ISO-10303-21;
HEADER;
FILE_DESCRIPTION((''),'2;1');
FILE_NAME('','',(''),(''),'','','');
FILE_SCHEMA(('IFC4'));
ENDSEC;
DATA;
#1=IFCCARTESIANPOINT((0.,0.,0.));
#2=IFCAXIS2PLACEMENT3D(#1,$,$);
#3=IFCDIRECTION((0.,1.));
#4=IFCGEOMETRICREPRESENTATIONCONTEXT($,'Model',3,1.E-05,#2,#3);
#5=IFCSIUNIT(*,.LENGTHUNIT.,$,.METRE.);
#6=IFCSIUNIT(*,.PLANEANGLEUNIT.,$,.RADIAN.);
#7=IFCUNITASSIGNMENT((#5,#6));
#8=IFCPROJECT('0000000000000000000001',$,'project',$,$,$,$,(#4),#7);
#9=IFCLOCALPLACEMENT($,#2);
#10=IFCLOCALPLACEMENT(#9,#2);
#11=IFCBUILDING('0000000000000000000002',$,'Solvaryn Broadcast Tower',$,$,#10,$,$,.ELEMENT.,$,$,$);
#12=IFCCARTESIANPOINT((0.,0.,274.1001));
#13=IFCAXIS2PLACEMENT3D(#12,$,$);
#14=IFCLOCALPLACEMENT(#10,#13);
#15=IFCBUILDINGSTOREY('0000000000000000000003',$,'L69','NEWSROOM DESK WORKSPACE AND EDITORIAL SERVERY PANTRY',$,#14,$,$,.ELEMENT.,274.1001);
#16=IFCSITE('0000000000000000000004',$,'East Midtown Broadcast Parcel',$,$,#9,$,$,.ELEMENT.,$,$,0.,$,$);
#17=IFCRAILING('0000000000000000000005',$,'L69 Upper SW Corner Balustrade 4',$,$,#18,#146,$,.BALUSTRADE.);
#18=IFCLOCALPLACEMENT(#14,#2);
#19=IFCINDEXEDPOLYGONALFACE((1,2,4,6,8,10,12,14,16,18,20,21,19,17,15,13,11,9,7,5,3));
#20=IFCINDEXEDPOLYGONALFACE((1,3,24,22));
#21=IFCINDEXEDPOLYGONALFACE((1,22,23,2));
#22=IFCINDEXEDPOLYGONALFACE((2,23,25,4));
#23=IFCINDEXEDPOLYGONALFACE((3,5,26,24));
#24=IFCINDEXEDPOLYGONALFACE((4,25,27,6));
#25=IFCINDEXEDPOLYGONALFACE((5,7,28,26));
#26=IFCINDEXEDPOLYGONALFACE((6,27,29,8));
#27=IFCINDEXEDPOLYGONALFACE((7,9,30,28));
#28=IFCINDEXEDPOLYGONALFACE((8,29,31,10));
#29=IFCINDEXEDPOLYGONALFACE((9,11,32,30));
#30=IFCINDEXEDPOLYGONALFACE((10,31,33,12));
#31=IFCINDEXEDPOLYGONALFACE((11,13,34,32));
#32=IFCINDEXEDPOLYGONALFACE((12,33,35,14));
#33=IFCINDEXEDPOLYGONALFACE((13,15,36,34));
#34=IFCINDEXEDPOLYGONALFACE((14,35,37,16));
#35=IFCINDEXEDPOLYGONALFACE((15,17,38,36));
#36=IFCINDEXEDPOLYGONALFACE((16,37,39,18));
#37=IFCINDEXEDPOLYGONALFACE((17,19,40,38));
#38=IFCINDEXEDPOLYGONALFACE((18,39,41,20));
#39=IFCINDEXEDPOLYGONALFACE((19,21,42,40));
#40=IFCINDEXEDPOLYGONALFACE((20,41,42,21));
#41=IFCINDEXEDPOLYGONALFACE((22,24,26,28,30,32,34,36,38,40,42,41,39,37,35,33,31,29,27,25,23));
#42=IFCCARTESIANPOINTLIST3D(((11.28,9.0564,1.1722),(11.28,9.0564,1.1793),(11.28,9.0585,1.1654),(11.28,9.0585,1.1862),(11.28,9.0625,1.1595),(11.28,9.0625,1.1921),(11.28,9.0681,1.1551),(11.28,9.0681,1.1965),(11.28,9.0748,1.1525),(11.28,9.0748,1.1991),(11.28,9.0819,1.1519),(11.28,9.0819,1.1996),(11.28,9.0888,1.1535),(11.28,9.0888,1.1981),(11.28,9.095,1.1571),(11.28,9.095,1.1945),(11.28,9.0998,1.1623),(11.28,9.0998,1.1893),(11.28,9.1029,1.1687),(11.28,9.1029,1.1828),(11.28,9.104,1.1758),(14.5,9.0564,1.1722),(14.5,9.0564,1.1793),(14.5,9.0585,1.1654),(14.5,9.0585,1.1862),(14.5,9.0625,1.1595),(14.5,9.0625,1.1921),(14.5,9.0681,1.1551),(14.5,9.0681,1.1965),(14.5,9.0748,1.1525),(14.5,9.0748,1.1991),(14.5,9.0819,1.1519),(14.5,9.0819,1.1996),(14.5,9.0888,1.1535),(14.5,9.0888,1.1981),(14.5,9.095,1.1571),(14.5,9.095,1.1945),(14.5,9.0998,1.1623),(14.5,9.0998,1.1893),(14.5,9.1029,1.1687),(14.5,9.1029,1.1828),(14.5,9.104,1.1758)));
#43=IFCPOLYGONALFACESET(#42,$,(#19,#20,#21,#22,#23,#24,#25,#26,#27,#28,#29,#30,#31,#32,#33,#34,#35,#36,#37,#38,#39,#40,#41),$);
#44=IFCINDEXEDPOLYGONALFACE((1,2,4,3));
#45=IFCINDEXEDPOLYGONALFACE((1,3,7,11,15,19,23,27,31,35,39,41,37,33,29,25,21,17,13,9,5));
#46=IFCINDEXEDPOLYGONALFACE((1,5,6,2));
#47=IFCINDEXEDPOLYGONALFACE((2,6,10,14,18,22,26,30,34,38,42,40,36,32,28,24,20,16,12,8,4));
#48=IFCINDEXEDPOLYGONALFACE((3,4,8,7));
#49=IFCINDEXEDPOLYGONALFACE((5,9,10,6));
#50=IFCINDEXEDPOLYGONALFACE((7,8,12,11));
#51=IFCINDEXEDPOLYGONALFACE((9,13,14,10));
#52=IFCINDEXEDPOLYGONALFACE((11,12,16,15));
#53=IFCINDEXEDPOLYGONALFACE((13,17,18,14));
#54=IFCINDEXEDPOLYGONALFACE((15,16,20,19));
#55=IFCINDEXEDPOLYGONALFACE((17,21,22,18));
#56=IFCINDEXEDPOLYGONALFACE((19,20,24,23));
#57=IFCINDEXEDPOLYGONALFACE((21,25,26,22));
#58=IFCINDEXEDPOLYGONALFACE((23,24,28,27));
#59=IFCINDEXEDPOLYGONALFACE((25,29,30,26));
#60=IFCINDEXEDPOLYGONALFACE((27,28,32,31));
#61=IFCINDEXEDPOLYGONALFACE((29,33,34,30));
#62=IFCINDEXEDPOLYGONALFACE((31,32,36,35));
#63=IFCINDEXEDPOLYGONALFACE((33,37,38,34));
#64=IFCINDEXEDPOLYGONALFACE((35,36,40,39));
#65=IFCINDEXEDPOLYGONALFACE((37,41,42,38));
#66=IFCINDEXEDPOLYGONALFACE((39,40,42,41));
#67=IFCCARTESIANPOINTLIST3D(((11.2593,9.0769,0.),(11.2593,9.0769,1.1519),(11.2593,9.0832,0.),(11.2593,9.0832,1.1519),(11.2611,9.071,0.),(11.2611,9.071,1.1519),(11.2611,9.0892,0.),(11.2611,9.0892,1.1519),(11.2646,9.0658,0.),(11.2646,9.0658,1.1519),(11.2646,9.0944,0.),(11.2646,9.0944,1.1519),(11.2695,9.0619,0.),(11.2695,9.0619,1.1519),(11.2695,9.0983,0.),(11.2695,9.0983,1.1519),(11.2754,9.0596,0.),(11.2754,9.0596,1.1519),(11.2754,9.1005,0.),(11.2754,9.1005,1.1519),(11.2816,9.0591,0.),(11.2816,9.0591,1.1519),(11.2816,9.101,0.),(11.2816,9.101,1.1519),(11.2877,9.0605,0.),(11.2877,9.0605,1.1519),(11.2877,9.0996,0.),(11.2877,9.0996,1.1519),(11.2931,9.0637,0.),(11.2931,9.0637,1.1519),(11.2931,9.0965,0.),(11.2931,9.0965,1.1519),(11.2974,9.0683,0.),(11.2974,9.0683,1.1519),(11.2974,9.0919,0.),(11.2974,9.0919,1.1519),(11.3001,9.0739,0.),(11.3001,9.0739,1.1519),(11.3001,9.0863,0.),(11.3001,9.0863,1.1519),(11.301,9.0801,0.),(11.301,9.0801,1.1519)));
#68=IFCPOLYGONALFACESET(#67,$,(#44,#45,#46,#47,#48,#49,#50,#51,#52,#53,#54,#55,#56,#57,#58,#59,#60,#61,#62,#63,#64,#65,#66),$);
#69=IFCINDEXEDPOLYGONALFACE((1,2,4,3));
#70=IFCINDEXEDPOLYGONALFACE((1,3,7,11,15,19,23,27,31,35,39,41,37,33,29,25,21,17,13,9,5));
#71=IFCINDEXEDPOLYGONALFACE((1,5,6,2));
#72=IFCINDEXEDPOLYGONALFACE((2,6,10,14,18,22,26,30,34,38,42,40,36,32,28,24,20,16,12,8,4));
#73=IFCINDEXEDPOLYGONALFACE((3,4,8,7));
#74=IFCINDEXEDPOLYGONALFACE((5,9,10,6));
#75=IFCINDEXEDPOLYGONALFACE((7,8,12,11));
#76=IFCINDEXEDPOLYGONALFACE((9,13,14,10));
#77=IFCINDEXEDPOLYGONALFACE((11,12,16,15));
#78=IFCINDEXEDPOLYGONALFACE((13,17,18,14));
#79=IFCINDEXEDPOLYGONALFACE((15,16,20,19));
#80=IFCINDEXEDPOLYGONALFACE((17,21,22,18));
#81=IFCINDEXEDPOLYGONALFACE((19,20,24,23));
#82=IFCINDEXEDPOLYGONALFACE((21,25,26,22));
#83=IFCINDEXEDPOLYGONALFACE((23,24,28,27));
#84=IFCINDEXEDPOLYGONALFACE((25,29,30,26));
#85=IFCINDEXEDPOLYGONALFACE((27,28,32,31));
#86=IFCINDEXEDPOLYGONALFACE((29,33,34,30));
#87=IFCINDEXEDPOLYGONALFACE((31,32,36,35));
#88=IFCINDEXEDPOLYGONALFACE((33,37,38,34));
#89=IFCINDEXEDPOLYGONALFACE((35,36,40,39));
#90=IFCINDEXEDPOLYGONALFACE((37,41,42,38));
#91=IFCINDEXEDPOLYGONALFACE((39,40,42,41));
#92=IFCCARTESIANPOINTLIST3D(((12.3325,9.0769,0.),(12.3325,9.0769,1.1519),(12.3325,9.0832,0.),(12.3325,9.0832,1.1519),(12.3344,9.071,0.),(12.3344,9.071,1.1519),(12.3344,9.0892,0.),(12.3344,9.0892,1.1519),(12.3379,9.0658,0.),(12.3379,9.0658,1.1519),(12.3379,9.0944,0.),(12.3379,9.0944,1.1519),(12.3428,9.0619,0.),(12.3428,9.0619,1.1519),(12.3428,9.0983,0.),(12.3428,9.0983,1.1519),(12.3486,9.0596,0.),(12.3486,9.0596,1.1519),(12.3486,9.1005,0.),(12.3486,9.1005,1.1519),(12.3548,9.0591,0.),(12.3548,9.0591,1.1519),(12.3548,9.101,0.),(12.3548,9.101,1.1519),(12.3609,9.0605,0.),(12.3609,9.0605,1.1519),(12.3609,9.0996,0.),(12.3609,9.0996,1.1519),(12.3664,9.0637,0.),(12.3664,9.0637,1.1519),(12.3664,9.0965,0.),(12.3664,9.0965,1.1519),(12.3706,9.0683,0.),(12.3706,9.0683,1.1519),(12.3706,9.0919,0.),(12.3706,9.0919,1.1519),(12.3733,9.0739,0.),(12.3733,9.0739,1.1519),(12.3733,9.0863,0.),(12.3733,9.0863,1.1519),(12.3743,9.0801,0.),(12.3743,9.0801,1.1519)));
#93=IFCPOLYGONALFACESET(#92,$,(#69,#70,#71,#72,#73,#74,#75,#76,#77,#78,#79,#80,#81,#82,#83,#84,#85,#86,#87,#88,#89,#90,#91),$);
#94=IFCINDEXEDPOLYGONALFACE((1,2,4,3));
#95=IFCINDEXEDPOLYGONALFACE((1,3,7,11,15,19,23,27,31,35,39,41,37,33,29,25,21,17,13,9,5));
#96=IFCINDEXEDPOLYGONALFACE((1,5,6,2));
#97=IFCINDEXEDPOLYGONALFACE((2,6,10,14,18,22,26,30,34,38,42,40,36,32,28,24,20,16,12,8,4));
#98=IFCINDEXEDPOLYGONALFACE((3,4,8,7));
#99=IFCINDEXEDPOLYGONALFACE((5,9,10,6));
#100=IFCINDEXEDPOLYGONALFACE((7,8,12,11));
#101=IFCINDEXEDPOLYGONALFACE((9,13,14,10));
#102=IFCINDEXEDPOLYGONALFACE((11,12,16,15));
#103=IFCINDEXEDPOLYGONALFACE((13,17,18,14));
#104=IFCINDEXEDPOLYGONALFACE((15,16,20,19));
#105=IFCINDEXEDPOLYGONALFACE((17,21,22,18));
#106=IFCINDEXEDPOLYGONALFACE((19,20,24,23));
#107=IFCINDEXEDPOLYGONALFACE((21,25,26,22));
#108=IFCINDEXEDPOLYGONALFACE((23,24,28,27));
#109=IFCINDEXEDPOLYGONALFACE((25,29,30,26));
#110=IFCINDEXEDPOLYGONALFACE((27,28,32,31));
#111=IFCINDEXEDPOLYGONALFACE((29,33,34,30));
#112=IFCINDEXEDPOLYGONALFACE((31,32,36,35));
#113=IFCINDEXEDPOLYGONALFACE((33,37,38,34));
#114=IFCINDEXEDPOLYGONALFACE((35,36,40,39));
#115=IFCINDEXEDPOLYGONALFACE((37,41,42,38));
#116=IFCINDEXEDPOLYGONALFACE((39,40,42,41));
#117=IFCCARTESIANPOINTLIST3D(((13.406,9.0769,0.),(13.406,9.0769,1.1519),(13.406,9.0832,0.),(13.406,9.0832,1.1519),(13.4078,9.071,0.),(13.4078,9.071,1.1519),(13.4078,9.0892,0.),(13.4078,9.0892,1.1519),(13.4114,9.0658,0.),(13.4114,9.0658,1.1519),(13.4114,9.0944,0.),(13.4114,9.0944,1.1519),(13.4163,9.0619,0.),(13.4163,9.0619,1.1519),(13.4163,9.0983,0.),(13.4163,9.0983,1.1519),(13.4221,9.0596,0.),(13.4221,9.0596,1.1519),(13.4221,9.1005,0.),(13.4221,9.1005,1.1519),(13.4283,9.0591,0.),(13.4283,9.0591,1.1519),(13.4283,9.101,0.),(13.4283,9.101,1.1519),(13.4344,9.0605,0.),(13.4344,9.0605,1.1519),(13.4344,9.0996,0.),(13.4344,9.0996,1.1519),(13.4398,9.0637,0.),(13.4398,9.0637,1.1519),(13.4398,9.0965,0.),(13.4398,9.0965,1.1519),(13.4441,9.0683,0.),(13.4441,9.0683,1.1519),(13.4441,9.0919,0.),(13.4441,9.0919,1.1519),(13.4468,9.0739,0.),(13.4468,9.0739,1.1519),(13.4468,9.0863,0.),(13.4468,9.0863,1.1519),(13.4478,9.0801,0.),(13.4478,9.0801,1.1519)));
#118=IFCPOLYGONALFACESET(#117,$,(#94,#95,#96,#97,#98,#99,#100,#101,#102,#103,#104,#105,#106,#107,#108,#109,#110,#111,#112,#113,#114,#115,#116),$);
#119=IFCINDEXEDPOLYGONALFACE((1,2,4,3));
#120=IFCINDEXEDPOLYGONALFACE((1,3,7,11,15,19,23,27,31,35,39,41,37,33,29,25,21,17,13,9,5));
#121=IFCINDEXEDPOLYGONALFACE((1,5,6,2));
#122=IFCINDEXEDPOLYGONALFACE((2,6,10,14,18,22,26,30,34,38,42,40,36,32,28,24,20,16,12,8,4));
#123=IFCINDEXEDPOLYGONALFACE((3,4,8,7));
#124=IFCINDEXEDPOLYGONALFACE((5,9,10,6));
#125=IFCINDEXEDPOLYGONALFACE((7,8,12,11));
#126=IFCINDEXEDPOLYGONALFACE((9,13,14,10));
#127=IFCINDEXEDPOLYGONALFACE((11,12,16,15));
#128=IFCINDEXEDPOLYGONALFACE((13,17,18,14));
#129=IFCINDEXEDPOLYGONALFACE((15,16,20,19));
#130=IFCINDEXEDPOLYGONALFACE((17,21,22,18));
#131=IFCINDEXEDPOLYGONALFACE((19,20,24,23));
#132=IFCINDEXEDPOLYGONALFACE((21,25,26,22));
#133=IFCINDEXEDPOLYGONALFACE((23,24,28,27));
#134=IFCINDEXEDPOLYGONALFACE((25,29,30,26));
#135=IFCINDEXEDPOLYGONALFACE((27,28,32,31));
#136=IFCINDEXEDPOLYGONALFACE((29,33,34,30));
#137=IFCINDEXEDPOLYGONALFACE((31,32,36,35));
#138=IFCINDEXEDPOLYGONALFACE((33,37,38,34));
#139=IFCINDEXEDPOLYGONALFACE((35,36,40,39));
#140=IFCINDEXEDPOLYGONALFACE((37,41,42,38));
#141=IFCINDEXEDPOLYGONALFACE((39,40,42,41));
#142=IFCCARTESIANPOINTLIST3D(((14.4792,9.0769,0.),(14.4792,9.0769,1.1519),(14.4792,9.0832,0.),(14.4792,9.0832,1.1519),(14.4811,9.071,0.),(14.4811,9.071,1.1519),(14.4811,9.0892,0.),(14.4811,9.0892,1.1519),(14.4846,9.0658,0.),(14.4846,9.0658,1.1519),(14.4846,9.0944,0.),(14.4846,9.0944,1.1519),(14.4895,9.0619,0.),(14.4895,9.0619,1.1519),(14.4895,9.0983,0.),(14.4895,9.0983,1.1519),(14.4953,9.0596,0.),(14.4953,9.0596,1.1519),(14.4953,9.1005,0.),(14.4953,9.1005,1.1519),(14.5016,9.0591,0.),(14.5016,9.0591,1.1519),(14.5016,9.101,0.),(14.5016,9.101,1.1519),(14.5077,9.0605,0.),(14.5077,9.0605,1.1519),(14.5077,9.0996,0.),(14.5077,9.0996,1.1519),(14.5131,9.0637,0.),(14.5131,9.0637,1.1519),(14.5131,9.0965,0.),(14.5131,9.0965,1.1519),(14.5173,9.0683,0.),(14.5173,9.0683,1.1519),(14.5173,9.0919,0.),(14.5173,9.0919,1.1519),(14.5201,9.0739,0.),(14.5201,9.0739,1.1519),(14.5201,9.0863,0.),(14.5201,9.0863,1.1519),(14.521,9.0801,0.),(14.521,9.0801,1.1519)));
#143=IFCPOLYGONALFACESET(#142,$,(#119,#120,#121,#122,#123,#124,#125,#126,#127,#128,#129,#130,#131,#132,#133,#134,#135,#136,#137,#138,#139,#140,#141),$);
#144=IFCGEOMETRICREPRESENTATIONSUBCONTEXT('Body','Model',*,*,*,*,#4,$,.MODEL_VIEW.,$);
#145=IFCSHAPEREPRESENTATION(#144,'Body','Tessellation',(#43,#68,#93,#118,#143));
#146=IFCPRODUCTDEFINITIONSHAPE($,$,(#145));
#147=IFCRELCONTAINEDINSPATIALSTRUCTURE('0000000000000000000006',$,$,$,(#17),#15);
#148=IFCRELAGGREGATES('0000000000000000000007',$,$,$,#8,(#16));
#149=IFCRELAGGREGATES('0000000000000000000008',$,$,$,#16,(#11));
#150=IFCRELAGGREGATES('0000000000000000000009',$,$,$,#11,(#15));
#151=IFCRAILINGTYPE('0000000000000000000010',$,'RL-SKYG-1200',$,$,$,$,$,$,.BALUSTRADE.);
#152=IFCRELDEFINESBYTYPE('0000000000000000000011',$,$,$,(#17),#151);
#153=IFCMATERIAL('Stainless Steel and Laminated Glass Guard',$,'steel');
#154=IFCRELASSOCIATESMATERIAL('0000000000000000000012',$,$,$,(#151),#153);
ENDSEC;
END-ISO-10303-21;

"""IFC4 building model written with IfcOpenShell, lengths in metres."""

from ifc_helpers import new_model, si_unit, direction, frame, origin, origin_2d, place, context, subcontext, project, spatial, circle, extrude, material, type_object, element, save


model = new_model("IFC4")

# Units and contexts
model_context = context("Model", 3, precision=1e-05, world=origin(), true_north=direction((0.0, 1.0)))
body_context = subcontext(model_context, "Body", "Model", "MODEL_VIEW")
ifc_project = project(units=[si_unit("LENGTHUNIT", "METRE"), si_unit("PLANEANGLEUNIT", "RADIAN")], contexts=[model_context])

# Site, building, storey
site_placement = place(None, origin())
site = spatial("IfcSite", under=ifc_project, at=site_placement, Name="East Midtown Broadcast Parcel", CompositionType="ELEMENT", RefElevation=0.0)
building_placement = place(site_placement, origin())
building = spatial("IfcBuilding", under=site, at=building_placement, Name="Solvaryn Broadcast Tower", CompositionType="ELEMENT")
storey_placement = place(building_placement, frame((0.0, 0.0, 274.1001)))
storey = spatial("IfcBuildingStorey", under=building, at=storey_placement, Name="L69", Description="NEWSROOM DESK WORKSPACE AND EDITORIAL SERVERY PANTRY", CompositionType="ELEMENT", Elevation=274.1001)

# Railing
ifc_material_1 = material(Name="Stainless Steel and Laminated Glass Guard", Category="steel")
railing_type = type_object("IfcRailingType", Name="RL-SKYG-1200", PredefinedType="BALUSTRADE", material=ifc_material_1)
railing_1_placement = place(storey_placement, frame((11.28, 9.0801, 0.0)))
element("IfcRailing", 1, at=railing_1_placement, inside=storey, type_object=railing_type, Name="L69 Upper SW Corner Balustrade 4", PredefinedType="BALUSTRADE", context=body_context, shape_type="SweptSolid", body=[
    extrude(circle(Radius=0.0239, at=origin_2d()), frame((0.0, 0.0, 1.1758), z_axis=(1.0, 0.0, 0.0), x_axis=(0.0, 1.0, 0.0)), (0.0, 0.0, 1.0), 3.22),
    extrude(circle(Radius=0.021, at=origin_2d()), origin(), (0.0, 0.0, 1.0), 1.1519),
    extrude(circle(Radius=0.021, at=origin_2d()), frame((1.0732, 0.0, 0.0)), (0.0, 0.0, 1.0), 1.1519),
    extrude(circle(Radius=0.021, at=origin_2d()), frame((2.1467, 0.0, 0.0)), (0.0, 0.0, 1.0), 1.1519),
    extrude(circle(Radius=0.021, at=origin_2d()), frame((3.22, 0.0, 0.0)), (0.0, 0.0, 1.0), 1.1519),
])

save(model, "model.ifc")
